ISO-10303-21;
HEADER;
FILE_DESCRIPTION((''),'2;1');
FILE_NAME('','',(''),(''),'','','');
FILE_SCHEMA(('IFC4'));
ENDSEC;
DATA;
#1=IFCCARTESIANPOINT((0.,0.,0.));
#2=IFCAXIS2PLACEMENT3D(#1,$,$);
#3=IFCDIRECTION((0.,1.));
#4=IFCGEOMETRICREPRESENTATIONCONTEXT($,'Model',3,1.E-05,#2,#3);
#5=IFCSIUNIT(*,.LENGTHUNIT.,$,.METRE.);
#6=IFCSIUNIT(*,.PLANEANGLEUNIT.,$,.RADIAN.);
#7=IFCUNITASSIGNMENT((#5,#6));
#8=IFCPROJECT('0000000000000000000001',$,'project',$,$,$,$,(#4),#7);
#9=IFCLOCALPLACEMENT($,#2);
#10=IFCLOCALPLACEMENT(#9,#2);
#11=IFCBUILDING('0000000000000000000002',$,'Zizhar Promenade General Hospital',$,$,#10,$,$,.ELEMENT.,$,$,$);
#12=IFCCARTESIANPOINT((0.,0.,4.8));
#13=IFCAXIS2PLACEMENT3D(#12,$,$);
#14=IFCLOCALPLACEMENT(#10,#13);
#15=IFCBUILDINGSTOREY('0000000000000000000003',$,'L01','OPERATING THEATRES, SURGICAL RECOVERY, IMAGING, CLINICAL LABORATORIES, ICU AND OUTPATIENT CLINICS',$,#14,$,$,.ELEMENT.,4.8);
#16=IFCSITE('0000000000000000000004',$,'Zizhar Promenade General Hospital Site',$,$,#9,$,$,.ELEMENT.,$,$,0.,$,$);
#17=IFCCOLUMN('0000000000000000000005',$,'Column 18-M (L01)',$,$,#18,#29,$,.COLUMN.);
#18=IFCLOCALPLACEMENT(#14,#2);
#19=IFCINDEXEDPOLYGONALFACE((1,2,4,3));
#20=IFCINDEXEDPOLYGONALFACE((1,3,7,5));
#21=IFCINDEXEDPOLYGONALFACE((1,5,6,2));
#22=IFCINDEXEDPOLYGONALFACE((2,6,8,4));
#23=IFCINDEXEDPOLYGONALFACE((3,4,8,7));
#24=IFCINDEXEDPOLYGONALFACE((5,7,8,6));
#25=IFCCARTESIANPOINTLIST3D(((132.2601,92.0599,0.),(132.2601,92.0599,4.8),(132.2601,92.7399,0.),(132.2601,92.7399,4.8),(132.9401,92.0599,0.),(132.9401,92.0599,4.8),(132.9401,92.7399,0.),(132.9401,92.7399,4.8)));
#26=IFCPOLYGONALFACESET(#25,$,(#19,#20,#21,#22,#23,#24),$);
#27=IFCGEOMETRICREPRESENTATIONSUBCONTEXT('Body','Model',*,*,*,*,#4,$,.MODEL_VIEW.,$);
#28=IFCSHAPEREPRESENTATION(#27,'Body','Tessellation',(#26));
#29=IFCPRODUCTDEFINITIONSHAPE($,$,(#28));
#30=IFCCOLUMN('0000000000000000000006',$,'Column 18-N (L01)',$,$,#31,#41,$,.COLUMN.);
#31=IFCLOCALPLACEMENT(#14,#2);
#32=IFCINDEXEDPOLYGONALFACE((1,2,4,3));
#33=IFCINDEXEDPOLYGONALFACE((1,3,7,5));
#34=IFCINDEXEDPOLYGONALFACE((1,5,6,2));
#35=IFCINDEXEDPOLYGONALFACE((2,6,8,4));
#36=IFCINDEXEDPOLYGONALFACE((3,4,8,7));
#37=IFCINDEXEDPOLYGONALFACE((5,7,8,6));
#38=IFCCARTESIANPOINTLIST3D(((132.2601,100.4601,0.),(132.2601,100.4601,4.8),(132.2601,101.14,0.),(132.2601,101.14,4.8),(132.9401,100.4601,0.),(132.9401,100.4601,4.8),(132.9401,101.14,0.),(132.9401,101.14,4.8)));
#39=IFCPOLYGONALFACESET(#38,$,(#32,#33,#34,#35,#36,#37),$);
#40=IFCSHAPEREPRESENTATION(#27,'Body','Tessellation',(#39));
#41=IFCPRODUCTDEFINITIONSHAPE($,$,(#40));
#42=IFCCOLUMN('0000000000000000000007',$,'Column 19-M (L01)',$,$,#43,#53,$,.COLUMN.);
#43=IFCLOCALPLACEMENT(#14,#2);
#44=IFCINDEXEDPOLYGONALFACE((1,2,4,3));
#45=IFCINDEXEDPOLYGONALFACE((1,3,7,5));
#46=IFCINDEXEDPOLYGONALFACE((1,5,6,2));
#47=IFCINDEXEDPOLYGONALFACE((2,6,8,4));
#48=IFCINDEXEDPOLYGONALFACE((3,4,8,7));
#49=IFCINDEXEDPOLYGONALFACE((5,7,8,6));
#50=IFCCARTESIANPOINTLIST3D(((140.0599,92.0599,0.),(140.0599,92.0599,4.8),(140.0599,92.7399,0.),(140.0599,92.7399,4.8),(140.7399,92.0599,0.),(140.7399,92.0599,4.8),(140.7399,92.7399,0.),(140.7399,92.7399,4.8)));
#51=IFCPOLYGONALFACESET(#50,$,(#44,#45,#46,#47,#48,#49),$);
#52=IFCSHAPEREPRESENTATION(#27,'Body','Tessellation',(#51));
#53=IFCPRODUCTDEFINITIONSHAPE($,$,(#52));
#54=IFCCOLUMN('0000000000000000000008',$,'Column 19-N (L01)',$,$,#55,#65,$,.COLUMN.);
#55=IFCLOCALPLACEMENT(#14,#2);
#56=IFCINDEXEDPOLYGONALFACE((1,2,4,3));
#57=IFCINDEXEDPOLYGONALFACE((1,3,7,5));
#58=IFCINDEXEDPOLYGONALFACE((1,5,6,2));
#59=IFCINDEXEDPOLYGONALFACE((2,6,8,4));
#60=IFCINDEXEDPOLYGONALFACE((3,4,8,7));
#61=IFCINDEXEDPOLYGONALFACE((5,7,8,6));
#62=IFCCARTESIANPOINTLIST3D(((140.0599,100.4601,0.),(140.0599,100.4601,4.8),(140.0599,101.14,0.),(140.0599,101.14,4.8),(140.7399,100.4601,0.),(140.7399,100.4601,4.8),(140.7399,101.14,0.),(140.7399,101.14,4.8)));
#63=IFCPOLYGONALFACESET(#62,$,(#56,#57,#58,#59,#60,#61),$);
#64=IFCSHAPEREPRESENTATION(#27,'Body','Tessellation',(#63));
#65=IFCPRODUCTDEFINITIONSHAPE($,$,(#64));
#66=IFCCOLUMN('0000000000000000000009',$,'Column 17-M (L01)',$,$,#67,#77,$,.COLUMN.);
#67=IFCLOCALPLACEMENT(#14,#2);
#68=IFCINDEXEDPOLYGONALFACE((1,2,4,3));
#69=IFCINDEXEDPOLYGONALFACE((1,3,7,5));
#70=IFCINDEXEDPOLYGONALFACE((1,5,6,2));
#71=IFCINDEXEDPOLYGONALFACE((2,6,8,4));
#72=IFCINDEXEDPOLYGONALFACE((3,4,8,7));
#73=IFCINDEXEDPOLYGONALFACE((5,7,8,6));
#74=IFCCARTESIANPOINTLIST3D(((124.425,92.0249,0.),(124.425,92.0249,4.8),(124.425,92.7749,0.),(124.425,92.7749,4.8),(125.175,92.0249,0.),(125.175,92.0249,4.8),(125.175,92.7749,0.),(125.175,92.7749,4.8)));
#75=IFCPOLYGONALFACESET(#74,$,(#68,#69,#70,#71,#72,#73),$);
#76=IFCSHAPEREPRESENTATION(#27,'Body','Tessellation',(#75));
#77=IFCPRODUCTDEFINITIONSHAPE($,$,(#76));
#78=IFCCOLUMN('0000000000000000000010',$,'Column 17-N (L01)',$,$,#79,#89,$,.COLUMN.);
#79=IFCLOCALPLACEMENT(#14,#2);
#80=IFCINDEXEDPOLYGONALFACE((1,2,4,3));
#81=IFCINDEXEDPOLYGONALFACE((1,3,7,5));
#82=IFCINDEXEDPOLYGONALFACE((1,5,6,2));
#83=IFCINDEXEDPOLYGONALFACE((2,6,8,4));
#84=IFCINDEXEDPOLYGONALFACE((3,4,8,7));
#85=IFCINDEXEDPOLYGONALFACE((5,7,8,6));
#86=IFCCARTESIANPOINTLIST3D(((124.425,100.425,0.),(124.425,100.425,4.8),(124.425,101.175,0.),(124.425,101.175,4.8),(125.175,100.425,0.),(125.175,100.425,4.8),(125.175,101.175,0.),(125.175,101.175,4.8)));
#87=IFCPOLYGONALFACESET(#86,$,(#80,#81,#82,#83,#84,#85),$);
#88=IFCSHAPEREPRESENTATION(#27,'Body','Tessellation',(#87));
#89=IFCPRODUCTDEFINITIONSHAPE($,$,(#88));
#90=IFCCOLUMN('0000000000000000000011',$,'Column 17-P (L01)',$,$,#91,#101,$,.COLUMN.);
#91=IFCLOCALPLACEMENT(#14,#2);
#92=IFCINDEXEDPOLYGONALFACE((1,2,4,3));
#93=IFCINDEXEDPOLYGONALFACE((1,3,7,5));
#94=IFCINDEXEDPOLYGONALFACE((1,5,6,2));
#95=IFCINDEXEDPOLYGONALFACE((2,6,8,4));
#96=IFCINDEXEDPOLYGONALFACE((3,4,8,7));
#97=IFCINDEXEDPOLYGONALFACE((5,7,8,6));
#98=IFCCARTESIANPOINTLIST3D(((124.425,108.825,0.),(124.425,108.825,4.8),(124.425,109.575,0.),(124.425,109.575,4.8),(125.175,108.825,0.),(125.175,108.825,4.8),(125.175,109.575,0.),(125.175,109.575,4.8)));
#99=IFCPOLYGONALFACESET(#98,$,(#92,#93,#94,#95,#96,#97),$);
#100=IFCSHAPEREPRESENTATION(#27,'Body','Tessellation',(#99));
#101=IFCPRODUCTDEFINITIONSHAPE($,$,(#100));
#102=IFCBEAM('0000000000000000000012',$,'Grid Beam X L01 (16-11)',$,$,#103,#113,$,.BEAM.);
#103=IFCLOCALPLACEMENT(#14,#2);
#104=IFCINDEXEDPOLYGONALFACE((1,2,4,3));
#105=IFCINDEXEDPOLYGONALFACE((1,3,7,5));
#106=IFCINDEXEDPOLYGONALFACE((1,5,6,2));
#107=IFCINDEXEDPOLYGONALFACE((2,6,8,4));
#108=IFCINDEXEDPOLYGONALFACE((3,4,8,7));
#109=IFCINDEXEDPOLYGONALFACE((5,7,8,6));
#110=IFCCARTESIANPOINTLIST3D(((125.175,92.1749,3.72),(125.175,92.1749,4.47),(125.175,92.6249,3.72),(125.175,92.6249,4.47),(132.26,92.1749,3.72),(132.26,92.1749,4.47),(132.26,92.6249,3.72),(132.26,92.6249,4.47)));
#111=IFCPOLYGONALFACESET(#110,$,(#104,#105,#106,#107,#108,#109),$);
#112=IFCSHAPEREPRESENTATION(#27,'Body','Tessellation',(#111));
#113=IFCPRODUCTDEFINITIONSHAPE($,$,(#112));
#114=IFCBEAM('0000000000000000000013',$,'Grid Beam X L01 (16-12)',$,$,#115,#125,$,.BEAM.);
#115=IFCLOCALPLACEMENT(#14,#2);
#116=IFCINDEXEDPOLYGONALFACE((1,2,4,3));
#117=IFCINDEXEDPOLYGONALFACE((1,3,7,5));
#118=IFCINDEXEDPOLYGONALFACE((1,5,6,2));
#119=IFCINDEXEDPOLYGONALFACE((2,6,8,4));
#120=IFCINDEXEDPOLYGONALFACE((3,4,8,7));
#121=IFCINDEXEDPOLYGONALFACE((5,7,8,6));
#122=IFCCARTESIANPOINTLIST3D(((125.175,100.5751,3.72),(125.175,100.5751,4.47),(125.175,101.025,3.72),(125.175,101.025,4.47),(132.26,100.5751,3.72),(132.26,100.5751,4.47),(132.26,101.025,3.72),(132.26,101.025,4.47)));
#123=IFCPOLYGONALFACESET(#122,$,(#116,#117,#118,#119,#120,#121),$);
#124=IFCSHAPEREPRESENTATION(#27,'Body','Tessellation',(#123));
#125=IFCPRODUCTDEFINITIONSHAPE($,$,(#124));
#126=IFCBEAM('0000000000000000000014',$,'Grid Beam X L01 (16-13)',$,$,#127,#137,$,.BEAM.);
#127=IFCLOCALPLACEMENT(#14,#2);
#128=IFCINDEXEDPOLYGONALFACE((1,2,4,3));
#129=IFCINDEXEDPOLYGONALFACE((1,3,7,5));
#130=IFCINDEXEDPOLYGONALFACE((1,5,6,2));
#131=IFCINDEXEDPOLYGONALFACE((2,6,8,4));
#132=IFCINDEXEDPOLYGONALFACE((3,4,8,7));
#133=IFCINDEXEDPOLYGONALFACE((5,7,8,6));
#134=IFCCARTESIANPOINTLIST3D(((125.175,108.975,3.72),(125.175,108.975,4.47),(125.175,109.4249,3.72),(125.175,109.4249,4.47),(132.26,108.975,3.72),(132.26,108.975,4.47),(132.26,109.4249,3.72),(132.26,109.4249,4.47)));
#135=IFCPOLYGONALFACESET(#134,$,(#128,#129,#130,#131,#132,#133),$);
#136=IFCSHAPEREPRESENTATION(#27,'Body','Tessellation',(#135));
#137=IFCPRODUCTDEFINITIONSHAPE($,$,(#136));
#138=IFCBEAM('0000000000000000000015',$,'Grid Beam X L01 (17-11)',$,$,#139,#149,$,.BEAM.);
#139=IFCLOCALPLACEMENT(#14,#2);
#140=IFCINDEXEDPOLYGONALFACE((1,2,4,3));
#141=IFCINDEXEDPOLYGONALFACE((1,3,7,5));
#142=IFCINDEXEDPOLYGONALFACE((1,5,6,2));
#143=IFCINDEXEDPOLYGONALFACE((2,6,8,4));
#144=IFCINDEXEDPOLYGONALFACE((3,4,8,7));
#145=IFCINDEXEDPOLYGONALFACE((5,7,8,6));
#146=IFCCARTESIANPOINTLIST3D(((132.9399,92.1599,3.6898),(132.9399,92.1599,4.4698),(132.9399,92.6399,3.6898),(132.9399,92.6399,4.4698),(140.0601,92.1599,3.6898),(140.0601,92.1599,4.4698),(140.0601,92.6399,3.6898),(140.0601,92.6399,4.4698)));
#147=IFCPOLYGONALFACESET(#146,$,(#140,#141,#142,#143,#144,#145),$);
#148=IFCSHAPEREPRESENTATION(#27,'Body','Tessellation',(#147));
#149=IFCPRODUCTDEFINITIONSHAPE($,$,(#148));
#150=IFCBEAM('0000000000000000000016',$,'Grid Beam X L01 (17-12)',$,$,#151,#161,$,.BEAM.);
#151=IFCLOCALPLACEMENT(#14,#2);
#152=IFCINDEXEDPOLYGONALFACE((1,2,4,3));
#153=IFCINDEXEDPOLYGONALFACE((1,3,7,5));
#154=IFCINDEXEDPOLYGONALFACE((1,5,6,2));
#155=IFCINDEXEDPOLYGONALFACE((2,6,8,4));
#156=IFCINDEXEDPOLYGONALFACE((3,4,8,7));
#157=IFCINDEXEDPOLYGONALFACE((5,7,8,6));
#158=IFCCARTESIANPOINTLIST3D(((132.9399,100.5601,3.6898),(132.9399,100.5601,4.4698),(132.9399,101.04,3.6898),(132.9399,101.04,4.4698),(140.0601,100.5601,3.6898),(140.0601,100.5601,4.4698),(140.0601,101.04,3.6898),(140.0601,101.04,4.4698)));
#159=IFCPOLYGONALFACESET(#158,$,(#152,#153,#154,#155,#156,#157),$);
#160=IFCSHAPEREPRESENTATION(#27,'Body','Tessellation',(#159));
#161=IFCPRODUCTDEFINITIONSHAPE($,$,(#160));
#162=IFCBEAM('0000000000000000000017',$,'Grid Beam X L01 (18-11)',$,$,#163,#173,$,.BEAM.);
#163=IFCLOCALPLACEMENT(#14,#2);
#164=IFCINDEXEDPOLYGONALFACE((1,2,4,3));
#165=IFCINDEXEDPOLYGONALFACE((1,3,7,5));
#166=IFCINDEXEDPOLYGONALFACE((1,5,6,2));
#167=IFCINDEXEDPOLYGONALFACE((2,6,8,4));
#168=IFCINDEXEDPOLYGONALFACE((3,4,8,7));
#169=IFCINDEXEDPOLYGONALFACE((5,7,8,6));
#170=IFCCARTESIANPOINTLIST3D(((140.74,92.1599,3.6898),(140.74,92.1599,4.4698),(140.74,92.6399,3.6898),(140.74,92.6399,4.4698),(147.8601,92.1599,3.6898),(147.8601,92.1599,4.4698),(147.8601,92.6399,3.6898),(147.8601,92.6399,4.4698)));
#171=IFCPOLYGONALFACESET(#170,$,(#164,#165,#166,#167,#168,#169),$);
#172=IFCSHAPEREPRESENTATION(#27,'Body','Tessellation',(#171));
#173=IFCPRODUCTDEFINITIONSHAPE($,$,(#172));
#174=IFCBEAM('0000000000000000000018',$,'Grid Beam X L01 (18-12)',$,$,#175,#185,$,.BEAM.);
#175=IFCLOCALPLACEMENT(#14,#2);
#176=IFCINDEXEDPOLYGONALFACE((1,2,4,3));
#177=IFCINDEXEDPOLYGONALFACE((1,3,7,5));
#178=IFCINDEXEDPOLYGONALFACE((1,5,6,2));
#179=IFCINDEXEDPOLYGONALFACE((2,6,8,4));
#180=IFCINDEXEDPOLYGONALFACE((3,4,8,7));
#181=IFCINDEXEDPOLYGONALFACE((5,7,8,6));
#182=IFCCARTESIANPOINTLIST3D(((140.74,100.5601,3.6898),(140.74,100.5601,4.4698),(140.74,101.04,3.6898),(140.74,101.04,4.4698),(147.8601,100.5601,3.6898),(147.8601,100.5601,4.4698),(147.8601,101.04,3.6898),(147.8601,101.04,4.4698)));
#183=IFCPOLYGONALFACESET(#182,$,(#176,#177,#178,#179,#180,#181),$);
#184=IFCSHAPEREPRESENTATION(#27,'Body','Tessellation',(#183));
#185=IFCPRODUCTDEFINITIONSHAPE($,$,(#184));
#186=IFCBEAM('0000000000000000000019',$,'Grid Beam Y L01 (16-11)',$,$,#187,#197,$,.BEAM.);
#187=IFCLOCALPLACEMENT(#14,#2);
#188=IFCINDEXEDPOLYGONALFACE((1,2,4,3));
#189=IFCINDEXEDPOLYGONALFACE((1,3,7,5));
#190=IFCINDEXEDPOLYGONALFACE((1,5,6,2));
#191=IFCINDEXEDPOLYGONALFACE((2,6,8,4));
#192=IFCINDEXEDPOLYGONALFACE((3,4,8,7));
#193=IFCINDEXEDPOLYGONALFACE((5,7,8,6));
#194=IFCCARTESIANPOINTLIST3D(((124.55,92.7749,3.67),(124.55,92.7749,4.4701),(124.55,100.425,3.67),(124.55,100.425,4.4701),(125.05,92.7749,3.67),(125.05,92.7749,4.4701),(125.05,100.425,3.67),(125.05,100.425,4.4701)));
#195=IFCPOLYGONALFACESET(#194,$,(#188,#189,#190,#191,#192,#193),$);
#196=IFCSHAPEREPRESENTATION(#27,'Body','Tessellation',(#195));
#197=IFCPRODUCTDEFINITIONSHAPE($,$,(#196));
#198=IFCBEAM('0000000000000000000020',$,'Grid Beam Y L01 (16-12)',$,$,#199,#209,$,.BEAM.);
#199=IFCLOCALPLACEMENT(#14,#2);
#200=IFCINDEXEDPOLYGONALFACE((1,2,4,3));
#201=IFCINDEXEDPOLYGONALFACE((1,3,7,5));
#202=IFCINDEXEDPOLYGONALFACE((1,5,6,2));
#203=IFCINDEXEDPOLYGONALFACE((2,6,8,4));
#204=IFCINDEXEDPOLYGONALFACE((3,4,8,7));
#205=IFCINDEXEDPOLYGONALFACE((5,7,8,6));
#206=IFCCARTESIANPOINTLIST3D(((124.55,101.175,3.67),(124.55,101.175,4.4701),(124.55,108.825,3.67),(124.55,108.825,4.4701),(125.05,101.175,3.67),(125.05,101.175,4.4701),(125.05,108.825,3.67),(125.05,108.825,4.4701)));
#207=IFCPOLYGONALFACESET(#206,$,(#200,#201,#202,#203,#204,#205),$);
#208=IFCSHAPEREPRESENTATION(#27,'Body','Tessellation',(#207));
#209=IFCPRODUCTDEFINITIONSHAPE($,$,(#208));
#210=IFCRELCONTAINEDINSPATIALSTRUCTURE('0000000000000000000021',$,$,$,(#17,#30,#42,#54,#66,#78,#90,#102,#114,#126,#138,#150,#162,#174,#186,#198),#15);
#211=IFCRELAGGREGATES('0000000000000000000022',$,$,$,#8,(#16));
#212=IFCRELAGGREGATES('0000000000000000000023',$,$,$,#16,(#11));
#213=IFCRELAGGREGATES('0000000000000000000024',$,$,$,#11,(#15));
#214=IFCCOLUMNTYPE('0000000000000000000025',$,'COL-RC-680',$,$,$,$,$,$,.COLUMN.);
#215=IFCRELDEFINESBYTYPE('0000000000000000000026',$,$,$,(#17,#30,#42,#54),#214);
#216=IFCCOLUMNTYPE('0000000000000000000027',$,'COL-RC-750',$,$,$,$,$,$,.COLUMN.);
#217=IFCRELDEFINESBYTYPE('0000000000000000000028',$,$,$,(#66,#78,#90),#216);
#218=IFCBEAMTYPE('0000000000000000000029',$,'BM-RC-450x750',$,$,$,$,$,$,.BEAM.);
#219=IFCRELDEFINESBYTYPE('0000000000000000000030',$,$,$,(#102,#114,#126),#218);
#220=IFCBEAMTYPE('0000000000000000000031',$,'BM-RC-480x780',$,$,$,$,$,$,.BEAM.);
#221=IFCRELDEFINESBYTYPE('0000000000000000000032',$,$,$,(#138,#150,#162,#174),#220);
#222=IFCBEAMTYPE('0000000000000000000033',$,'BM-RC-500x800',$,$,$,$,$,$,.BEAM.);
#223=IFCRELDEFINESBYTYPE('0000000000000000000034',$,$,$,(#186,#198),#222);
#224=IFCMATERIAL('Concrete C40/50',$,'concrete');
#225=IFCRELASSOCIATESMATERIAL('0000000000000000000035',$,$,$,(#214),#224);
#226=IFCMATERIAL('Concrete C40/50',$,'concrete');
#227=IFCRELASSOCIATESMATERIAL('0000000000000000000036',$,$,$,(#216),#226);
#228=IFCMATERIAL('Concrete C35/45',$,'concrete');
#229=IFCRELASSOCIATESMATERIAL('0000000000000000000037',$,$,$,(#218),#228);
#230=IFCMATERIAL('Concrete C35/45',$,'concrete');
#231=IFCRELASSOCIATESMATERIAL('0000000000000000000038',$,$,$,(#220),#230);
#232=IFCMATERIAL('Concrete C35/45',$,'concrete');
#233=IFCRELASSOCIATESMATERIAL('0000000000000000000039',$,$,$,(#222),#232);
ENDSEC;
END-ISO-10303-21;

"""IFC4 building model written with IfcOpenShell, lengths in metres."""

from ifc_helpers import new_model, si_unit, direction, frame, origin, origin_2d, place, context, subcontext, project, spatial, rectangle, extrude, material, material_profile, profile_set, type_object, element, save


model = new_model("IFC4")

# Units and contexts
model_context = context("Model", 3, precision=1e-05, world=origin(), true_north=direction((0.0, 1.0)))
body_context = subcontext(model_context, "Body", "Model", "MODEL_VIEW")
ifc_project = project(units=[si_unit("LENGTHUNIT", "METRE"), si_unit("PLANEANGLEUNIT", "RADIAN")], contexts=[model_context])

# Site, building, storey
site_placement = place(None, origin())
site = spatial("IfcSite", under=ifc_project, at=site_placement, Name="Zizhar Promenade General Hospital Site", CompositionType="ELEMENT", RefElevation=0.0)
building_placement = place(site_placement, origin())
building = spatial("IfcBuilding", under=site, at=building_placement, Name="Zizhar Promenade General Hospital", CompositionType="ELEMENT")
storey_placement = place(building_placement, frame((0.0, 0.0, 4.8)))
storey = spatial("IfcBuildingStorey", under=building, at=storey_placement, Name="L01", Description="OPERATING THEATRES, SURGICAL RECOVERY, IMAGING, CLINICAL LABORATORIES, ICU AND OUTPATIENT CLINICS", CompositionType="ELEMENT", Elevation=4.8)

# Columns
ifc_material_1 = material(Name="Concrete C40/50", Category="concrete")
ifc_material_profile_1 = material_profile(ifc_material_1, rectangle(XDim=0.6799, YDim=0.6799, at=origin_2d()))
ifc_profile_set_1 = profile_set([ifc_material_profile_1], Name="Concrete C40/50")
column_type_1 = type_object("IfcColumnType", Name="COL-RC-680", PredefinedType="COLUMN", material=ifc_profile_set_1)
for number, where, z_axis, x_axis, name in (
    (1, (132.6001, 92.3999, 0.0), (0.0, 0.0, 1.0), (1.0, 0.0, 0.0), "Column 18-M (L01)"),
    (2, (132.6001, 100.8, 0.0), (0.0, 0.0, 1.0), (1.0, 0.0, 0.0), "Column 18-N (L01)"),
    (3, (140.3999, 92.3999, 0.0), (0.0, 0.0, 1.0), (1.0, 0.0, 0.0), "Column 19-M (L01)"),
    (4, (140.3999, 100.8, 0.0), (0.0, 0.0, 1.0), (1.0, 0.0, 0.0), "Column 19-N (L01)"),
):
    element("IfcColumn", number, at=place(storey_placement, frame(where, z_axis=z_axis, x_axis=x_axis)), inside=storey, type_object=column_type_1, Name=name, PredefinedType="COLUMN", context=body_context, shape_type="SweptSolid", body=[
        extrude(rectangle(XDim=0.6799, YDim=0.6799, at=origin_2d()), origin(), (0.0, 0.0, 1.0), 4.8),
    ])
ifc_material_2 = material(Name="Concrete C40/50", Category="concrete")
ifc_material_profile_2 = material_profile(ifc_material_2, rectangle(XDim=0.75, YDim=0.75, at=origin_2d()))
ifc_profile_set_2 = profile_set([ifc_material_profile_2], Name="Concrete C40/50")
column_type_2 = type_object("IfcColumnType", Name="COL-RC-750", PredefinedType="COLUMN", material=ifc_profile_set_2)
for number, where, z_axis, x_axis, name in (
    (5, (124.8, 92.3999, 0.0), (0.0, 0.0, 1.0), (1.0, 0.0, 0.0), "Column 17-M (L01)"),
    (6, (124.8, 100.8, 0.0), (0.0, 0.0, 1.0), (1.0, 0.0, 0.0), "Column 17-N (L01)"),
    (7, (124.8, 109.2, 0.0), (0.0, 0.0, 1.0), (1.0, 0.0, 0.0), "Column 17-P (L01)"),
):
    element("IfcColumn", number, at=place(storey_placement, frame(where, z_axis=z_axis, x_axis=x_axis)), inside=storey, type_object=column_type_2, Name=name, PredefinedType="COLUMN", context=body_context, shape_type="SweptSolid", body=[
        extrude(rectangle(XDim=0.75, YDim=0.75, at=origin_2d()), origin(), (0.0, 0.0, 1.0), 4.8),
    ])

# Beams
ifc_material_3 = material(Name="Concrete C35/45", Category="concrete")
ifc_material_profile_3 = material_profile(ifc_material_3, rectangle(XDim=0.45, YDim=0.75, at=origin_2d()))
ifc_profile_set_3 = profile_set([ifc_material_profile_3], Name="Concrete C35/45")
beam_type_1 = type_object("IfcBeamType", Name="BM-RC-450x750", PredefinedType="BEAM", material=ifc_profile_set_3)
for number, where, z_axis, x_axis, name in (
    (8, (125.175, 92.3999, 4.095), (1.0, 0.0, 0.0), (0.0, 1.0, 0.0), "Grid Beam X L01 (16-11)"),
    (9, (125.175, 100.8, 4.095), (1.0, 0.0, 0.0), (0.0, 1.0, 0.0), "Grid Beam X L01 (16-12)"),
    (10, (125.175, 109.2, 4.095), (1.0, 0.0, 0.0), (0.0, 1.0, 0.0), "Grid Beam X L01 (16-13)"),
):
    element("IfcBeam", number, at=place(storey_placement, frame(where, z_axis=z_axis, x_axis=x_axis)), inside=storey, type_object=beam_type_1, Name=name, PredefinedType="BEAM", context=body_context, shape_type="SweptSolid", body=[
        extrude(rectangle(XDim=0.45, YDim=0.75, at=origin_2d()), origin(), (0.0, 0.0, 1.0), 7.085),
    ])
ifc_material_4 = material(Name="Concrete C35/45", Category="concrete")
ifc_material_profile_4 = material_profile(ifc_material_4, rectangle(XDim=0.48, YDim=0.78, at=origin_2d()))
ifc_profile_set_4 = profile_set([ifc_material_profile_4], Name="Concrete C35/45")
beam_type_2 = type_object("IfcBeamType", Name="BM-RC-480x780", PredefinedType="BEAM", material=ifc_profile_set_4)
for number, where, z_axis, x_axis, name in (
    (11, (132.9399, 92.3999, 4.0798), (1.0, 0.0, 0.0), (0.0, 1.0, 0.0), "Grid Beam X L01 (17-11)"),
    (12, (132.9399, 100.8, 4.0798), (1.0, 0.0, 0.0), (0.0, 1.0, 0.0), "Grid Beam X L01 (17-12)"),
    (13, (140.74, 92.3999, 4.0798), (1.0, 0.0, 0.0), (0.0, 1.0, 0.0), "Grid Beam X L01 (18-11)"),
    (14, (140.74, 100.8, 4.0798), (1.0, 0.0, 0.0), (0.0, 1.0, 0.0), "Grid Beam X L01 (18-12)"),
):
    element("IfcBeam", number, at=place(storey_placement, frame(where, z_axis=z_axis, x_axis=x_axis)), inside=storey, type_object=beam_type_2, Name=name, PredefinedType="BEAM", context=body_context, shape_type="SweptSolid", body=[
        extrude(rectangle(XDim=0.48, YDim=0.78, at=origin_2d()), origin(), (0.0, 0.0, 1.0), 7.1201),
    ])
ifc_material_5 = material(Name="Concrete C35/45", Category="concrete")
ifc_material_profile_5 = material_profile(ifc_material_5, rectangle(XDim=0.5, YDim=0.8, at=origin_2d()))
ifc_profile_set_5 = profile_set([ifc_material_profile_5], Name="Concrete C35/45")
beam_type_3 = type_object("IfcBeamType", Name="BM-RC-500x800", PredefinedType="BEAM", material=ifc_profile_set_5)
beam_1_placement = place(storey_placement, frame((124.8, 92.7749, 4.0701), z_axis=(0.0, 1.0, 0.0), x_axis=(-1.0, 0.0, 0.0)))
element("IfcBeam", 15, at=beam_1_placement, inside=storey, type_object=beam_type_3, Name="Grid Beam Y L01 (16-11)", PredefinedType="BEAM", context=body_context, shape_type="SweptSolid", body=[
    extrude(rectangle(XDim=0.5, YDim=0.8, at=origin_2d()), origin(), (0.0, 0.0, 1.0), 7.6501),
])
beam_2_placement = place(storey_placement, frame((124.8, 101.175, 4.0701), z_axis=(0.0, 1.0, 0.0), x_axis=(-1.0, 0.0, 0.0)))
element("IfcBeam", 16, at=beam_2_placement, inside=storey, type_object=beam_type_3, Name="Grid Beam Y L01 (16-12)", PredefinedType="BEAM", context=body_context, shape_type="SweptSolid", body=[
    extrude(rectangle(XDim=0.5, YDim=0.8, at=origin_2d()), origin(), (0.0, 0.0, 1.0), 7.6499),
])

save(model, "model.ifc")
